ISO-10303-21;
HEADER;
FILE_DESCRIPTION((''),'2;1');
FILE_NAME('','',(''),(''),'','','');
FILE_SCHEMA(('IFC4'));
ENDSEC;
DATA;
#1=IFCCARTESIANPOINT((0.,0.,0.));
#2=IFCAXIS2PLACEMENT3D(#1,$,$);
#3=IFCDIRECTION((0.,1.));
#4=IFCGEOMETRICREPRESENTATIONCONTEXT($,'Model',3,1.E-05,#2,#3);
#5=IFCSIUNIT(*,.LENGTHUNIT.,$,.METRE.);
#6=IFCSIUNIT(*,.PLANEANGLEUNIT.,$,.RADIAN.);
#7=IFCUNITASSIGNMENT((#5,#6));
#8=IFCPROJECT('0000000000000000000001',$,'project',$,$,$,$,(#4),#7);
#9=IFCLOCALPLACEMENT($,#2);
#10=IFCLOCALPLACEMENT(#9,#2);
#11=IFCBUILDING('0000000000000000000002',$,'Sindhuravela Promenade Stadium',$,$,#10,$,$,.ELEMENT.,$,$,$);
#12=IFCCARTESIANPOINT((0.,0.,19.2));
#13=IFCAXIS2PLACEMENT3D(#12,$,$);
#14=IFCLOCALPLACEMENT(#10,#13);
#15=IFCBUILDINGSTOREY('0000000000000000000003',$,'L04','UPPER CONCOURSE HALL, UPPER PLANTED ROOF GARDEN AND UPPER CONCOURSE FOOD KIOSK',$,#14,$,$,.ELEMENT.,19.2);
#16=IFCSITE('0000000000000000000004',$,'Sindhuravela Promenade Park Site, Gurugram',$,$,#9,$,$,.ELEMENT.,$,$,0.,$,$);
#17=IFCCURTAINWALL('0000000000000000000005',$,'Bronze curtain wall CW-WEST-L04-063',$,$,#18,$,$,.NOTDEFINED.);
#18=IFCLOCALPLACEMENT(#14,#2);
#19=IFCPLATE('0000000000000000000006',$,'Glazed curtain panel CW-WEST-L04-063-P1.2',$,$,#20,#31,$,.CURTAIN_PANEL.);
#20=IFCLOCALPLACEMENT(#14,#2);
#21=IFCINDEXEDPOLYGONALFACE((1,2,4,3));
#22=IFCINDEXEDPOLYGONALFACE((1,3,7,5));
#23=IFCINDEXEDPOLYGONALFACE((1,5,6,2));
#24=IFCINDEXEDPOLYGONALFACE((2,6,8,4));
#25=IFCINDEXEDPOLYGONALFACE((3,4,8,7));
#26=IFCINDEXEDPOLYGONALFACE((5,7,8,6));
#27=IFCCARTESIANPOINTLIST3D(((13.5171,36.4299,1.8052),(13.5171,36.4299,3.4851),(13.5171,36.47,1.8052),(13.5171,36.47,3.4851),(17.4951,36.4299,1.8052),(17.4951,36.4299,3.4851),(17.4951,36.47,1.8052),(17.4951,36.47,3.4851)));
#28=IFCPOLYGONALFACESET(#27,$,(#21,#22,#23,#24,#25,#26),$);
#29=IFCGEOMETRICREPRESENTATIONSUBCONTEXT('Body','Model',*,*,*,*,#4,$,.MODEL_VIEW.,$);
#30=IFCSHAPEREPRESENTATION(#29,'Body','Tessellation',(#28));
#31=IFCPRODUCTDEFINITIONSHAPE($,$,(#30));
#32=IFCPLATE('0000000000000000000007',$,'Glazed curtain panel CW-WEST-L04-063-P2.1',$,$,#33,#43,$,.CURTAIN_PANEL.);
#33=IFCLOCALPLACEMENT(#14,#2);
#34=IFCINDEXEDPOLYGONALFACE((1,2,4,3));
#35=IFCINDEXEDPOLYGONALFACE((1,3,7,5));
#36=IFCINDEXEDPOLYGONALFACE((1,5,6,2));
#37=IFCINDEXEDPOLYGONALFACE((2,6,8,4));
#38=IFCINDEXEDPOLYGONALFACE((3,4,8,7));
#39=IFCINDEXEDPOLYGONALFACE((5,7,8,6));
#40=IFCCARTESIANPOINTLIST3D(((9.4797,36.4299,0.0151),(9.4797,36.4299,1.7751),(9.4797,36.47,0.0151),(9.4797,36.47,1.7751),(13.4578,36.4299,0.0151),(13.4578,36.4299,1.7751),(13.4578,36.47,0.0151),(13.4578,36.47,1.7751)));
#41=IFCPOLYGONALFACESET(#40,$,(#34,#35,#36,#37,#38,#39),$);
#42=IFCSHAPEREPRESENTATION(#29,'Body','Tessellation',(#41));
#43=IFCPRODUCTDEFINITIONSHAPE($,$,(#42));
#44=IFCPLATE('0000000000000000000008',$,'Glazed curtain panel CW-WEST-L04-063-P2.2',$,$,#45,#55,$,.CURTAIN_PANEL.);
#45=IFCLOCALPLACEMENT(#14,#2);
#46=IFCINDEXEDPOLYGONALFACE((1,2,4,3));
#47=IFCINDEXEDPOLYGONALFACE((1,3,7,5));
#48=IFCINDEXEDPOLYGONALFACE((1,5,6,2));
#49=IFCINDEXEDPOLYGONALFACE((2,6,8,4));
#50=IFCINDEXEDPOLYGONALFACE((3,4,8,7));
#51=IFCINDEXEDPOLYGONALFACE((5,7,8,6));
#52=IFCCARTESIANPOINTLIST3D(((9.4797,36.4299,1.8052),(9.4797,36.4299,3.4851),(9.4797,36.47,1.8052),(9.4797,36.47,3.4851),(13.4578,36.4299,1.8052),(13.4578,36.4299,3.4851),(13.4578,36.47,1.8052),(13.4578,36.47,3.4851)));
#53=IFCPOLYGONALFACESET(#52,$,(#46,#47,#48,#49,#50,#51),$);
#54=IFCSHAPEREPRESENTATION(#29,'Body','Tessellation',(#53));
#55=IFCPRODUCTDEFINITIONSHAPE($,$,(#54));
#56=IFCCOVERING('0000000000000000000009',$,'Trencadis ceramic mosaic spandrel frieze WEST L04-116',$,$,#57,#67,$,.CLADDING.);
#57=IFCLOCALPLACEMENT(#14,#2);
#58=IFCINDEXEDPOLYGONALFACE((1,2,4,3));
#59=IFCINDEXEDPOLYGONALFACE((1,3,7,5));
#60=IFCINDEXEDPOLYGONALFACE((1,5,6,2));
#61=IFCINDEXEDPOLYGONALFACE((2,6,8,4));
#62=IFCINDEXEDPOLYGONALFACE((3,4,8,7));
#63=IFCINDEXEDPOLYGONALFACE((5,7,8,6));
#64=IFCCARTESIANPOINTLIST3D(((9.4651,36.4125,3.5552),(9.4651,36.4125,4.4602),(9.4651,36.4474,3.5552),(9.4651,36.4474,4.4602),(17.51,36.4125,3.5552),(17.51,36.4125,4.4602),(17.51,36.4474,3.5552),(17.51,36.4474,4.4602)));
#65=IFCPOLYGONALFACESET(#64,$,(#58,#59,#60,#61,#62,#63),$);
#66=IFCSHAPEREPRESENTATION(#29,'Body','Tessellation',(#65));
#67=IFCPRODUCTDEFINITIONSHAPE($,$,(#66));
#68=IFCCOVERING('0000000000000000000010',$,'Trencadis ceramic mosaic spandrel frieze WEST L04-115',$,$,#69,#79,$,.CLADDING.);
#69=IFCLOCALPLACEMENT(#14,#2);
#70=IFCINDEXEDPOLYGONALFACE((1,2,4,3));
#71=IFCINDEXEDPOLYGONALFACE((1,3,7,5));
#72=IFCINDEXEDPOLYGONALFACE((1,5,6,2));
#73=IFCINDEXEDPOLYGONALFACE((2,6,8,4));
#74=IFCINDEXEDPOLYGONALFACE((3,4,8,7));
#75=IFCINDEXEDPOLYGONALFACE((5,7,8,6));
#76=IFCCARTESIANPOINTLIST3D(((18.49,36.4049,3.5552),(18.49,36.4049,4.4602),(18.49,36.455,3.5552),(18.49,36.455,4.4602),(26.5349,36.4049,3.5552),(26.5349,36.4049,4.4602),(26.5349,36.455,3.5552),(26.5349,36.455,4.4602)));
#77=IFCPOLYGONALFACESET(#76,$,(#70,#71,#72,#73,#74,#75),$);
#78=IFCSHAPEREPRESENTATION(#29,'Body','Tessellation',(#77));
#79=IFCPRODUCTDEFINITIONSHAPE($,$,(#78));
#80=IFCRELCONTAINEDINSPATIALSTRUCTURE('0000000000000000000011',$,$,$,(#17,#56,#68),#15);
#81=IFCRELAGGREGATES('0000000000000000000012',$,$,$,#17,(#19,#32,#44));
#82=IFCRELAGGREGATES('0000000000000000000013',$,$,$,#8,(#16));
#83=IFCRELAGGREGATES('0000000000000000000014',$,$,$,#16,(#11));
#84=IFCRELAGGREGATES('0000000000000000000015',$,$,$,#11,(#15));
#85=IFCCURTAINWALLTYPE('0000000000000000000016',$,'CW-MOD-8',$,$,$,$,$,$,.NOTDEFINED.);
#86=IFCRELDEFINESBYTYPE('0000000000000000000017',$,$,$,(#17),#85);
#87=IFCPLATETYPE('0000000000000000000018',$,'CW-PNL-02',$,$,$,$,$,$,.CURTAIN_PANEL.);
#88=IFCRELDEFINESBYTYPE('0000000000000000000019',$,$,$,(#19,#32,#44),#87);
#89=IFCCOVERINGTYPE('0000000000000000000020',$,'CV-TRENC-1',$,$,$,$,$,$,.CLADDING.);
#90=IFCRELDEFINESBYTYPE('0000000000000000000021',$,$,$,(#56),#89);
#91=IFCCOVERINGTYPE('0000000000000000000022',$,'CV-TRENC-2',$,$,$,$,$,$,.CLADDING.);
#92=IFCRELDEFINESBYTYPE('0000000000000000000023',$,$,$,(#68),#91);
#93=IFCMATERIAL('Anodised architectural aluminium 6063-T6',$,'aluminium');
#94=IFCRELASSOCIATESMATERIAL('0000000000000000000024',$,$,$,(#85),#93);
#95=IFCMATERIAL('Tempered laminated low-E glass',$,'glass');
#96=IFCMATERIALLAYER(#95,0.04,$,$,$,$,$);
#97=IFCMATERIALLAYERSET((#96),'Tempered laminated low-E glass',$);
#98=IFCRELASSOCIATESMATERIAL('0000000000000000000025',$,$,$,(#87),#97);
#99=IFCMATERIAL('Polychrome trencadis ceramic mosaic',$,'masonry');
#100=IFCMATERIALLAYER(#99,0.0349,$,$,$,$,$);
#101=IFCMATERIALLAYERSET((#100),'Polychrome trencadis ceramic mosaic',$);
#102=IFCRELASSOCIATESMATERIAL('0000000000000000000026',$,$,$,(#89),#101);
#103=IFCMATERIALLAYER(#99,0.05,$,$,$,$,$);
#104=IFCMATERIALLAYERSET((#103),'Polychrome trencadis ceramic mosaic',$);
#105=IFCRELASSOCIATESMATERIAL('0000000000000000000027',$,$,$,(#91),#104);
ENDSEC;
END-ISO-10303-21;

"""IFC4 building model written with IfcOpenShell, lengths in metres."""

from ifc_helpers import new_model, si_unit, direction, frame, origin, origin_2d, place, context, subcontext, project, spatial, rectangle, extrude, material, layer, layer_set, type_object, element, aggregate, save


model = new_model("IFC4")

# Units and contexts
model_context = context("Model", 3, precision=1e-05, world=origin(), true_north=direction((0.0, 1.0)))
body_context = subcontext(model_context, "Body", "Model", "MODEL_VIEW")
ifc_project = project(units=[si_unit("LENGTHUNIT", "METRE"), si_unit("PLANEANGLEUNIT", "RADIAN")], contexts=[model_context])

# Site, building, storey
site_placement = place(None, origin())
site = spatial("IfcSite", under=ifc_project, at=site_placement, Name="Sindhuravela Promenade Park Site, Gurugram", CompositionType="ELEMENT", RefElevation=0.0)
building_placement = place(site_placement, origin())
building = spatial("IfcBuilding", under=site, at=building_placement, Name="Sindhuravela Promenade Stadium", CompositionType="ELEMENT")
storey_placement = place(building_placement, frame((0.0, 0.0, 19.2)))
storey = spatial("IfcBuildingStorey", under=building, at=storey_placement, Name="L04", Description="UPPER CONCOURSE HALL, UPPER PLANTED ROOF GARDEN AND UPPER CONCOURSE FOOD KIOSK", CompositionType="ELEMENT", Elevation=19.2)

# Curtain wall
ifc_material_1 = material(Name="Anodised architectural aluminium 6063-T6", Category="aluminium")
curtain_wall_type_1 = type_object("IfcCurtainWallType", Name="CW-MOD-8", PredefinedType="NOTDEFINED", material=ifc_material_1)
curtain_wall_1_placement = place(storey_placement, origin())
curtain_wall_1 = element("IfcCurtainWall", 1, at=curtain_wall_1_placement, inside=storey, type_object=curtain_wall_type_1, Name="Bronze curtain wall CW-WEST-L04-063", PredefinedType="NOTDEFINED")

# Plates
ifc_material_2 = material(Name="Tempered laminated low-E glass", Category="glass")
ifc_layer_1 = layer(ifc_material_2, 0.04)
ifc_layer_set_1 = layer_set([ifc_layer_1], Name="Tempered laminated low-E glass")
plate_type_1 = type_object("IfcPlateType", Name="CW-PNL-02", PredefinedType="CURTAIN_PANEL", material=ifc_layer_set_1)
plate_1_placement = place(storey_placement, frame((15.5061, 36.45, 1.8052), z_axis=(0.0, 0.0, 1.0), x_axis=(-1.0, 0.0, 0.0)))
plate_1 = element("IfcPlate", 2, at=plate_1_placement, type_object=plate_type_1, Name="Glazed curtain panel CW-WEST-L04-063-P1.2", PredefinedType="CURTAIN_PANEL", context=body_context, shape_type="SweptSolid", body=[
    extrude(rectangle(XDim=3.978, YDim=0.04, at=origin_2d()), origin(), (0.0, 0.0, 1.0), 1.6799),
])
plate_2_placement = place(storey_placement, frame((11.4688, 36.45, 0.0151), z_axis=(0.0, 0.0, 1.0), x_axis=(-1.0, 0.0, 0.0)))
plate_2 = element("IfcPlate", 3, at=plate_2_placement, type_object=plate_type_1, Name="Glazed curtain panel CW-WEST-L04-063-P2.1", PredefinedType="CURTAIN_PANEL", context=body_context, shape_type="SweptSolid", body=[
    extrude(rectangle(XDim=3.978, YDim=0.04, at=origin_2d()), origin(), (0.0, 0.0, 1.0), 1.76),
])
plate_3_placement = place(storey_placement, frame((11.4688, 36.45, 1.8052), z_axis=(0.0, 0.0, 1.0), x_axis=(-1.0, 0.0, 0.0)))
plate_3 = element("IfcPlate", 4, at=plate_3_placement, type_object=plate_type_1, Name="Glazed curtain panel CW-WEST-L04-063-P2.2", PredefinedType="CURTAIN_PANEL", context=body_context, shape_type="SweptSolid", body=[
    extrude(rectangle(XDim=3.978, YDim=0.04, at=origin_2d()), origin(), (0.0, 0.0, 1.0), 1.6799),
])
aggregate(curtain_wall_1, [plate_1, plate_2, plate_3])

# Coverings
ifc_material_3 = material(Name="Polychrome trencadis ceramic mosaic", Category="masonry")
ifc_layer_2 = layer(ifc_material_3, 0.0349)
ifc_layer_set_2 = layer_set([ifc_layer_2], Name="Polychrome trencadis ceramic mosaic")
covering_type_1 = type_object("IfcCoveringType", Name="CV-TRENC-1", PredefinedType="CLADDING", material=ifc_layer_set_2)
covering_1_placement = place(storey_placement, frame((13.4875, 36.4299, 3.5552), z_axis=(0.0, 0.0, 1.0), x_axis=(-1.0, 0.0, 0.0)))
element("IfcCovering", 5, at=covering_1_placement, inside=storey, type_object=covering_type_1, Name="Trencadis ceramic mosaic spandrel frieze WEST L04-116", PredefinedType="CLADDING", context=body_context, shape_type="SweptSolid", body=[
    extrude(rectangle(XDim=8.0449, YDim=0.0349, at=origin_2d()), origin(), (0.0, 0.0, 1.0), 0.905),
])
ifc_layer_3 = layer(ifc_material_3, 0.05)
ifc_layer_set_3 = layer_set([ifc_layer_3], Name="Polychrome trencadis ceramic mosaic")
covering_type_2 = type_object("IfcCoveringType", Name="CV-TRENC-2", PredefinedType="CLADDING", material=ifc_layer_set_3)
covering_2_placement = place(storey_placement, frame((22.5125, 36.4299, 3.5552), z_axis=(0.0, 0.0, 1.0), x_axis=(-1.0, 0.0, 0.0)))
element("IfcCovering", 6, at=covering_2_placement, inside=storey, type_object=covering_type_2, Name="Trencadis ceramic mosaic spandrel frieze WEST L04-115", PredefinedType="CLADDING", context=body_context, shape_type="SweptSolid", body=[
    extrude(rectangle(XDim=8.0449, YDim=0.05, at=origin_2d()), origin(), (0.0, 0.0, 1.0), 0.905),
])

save(model, "model.ifc")
